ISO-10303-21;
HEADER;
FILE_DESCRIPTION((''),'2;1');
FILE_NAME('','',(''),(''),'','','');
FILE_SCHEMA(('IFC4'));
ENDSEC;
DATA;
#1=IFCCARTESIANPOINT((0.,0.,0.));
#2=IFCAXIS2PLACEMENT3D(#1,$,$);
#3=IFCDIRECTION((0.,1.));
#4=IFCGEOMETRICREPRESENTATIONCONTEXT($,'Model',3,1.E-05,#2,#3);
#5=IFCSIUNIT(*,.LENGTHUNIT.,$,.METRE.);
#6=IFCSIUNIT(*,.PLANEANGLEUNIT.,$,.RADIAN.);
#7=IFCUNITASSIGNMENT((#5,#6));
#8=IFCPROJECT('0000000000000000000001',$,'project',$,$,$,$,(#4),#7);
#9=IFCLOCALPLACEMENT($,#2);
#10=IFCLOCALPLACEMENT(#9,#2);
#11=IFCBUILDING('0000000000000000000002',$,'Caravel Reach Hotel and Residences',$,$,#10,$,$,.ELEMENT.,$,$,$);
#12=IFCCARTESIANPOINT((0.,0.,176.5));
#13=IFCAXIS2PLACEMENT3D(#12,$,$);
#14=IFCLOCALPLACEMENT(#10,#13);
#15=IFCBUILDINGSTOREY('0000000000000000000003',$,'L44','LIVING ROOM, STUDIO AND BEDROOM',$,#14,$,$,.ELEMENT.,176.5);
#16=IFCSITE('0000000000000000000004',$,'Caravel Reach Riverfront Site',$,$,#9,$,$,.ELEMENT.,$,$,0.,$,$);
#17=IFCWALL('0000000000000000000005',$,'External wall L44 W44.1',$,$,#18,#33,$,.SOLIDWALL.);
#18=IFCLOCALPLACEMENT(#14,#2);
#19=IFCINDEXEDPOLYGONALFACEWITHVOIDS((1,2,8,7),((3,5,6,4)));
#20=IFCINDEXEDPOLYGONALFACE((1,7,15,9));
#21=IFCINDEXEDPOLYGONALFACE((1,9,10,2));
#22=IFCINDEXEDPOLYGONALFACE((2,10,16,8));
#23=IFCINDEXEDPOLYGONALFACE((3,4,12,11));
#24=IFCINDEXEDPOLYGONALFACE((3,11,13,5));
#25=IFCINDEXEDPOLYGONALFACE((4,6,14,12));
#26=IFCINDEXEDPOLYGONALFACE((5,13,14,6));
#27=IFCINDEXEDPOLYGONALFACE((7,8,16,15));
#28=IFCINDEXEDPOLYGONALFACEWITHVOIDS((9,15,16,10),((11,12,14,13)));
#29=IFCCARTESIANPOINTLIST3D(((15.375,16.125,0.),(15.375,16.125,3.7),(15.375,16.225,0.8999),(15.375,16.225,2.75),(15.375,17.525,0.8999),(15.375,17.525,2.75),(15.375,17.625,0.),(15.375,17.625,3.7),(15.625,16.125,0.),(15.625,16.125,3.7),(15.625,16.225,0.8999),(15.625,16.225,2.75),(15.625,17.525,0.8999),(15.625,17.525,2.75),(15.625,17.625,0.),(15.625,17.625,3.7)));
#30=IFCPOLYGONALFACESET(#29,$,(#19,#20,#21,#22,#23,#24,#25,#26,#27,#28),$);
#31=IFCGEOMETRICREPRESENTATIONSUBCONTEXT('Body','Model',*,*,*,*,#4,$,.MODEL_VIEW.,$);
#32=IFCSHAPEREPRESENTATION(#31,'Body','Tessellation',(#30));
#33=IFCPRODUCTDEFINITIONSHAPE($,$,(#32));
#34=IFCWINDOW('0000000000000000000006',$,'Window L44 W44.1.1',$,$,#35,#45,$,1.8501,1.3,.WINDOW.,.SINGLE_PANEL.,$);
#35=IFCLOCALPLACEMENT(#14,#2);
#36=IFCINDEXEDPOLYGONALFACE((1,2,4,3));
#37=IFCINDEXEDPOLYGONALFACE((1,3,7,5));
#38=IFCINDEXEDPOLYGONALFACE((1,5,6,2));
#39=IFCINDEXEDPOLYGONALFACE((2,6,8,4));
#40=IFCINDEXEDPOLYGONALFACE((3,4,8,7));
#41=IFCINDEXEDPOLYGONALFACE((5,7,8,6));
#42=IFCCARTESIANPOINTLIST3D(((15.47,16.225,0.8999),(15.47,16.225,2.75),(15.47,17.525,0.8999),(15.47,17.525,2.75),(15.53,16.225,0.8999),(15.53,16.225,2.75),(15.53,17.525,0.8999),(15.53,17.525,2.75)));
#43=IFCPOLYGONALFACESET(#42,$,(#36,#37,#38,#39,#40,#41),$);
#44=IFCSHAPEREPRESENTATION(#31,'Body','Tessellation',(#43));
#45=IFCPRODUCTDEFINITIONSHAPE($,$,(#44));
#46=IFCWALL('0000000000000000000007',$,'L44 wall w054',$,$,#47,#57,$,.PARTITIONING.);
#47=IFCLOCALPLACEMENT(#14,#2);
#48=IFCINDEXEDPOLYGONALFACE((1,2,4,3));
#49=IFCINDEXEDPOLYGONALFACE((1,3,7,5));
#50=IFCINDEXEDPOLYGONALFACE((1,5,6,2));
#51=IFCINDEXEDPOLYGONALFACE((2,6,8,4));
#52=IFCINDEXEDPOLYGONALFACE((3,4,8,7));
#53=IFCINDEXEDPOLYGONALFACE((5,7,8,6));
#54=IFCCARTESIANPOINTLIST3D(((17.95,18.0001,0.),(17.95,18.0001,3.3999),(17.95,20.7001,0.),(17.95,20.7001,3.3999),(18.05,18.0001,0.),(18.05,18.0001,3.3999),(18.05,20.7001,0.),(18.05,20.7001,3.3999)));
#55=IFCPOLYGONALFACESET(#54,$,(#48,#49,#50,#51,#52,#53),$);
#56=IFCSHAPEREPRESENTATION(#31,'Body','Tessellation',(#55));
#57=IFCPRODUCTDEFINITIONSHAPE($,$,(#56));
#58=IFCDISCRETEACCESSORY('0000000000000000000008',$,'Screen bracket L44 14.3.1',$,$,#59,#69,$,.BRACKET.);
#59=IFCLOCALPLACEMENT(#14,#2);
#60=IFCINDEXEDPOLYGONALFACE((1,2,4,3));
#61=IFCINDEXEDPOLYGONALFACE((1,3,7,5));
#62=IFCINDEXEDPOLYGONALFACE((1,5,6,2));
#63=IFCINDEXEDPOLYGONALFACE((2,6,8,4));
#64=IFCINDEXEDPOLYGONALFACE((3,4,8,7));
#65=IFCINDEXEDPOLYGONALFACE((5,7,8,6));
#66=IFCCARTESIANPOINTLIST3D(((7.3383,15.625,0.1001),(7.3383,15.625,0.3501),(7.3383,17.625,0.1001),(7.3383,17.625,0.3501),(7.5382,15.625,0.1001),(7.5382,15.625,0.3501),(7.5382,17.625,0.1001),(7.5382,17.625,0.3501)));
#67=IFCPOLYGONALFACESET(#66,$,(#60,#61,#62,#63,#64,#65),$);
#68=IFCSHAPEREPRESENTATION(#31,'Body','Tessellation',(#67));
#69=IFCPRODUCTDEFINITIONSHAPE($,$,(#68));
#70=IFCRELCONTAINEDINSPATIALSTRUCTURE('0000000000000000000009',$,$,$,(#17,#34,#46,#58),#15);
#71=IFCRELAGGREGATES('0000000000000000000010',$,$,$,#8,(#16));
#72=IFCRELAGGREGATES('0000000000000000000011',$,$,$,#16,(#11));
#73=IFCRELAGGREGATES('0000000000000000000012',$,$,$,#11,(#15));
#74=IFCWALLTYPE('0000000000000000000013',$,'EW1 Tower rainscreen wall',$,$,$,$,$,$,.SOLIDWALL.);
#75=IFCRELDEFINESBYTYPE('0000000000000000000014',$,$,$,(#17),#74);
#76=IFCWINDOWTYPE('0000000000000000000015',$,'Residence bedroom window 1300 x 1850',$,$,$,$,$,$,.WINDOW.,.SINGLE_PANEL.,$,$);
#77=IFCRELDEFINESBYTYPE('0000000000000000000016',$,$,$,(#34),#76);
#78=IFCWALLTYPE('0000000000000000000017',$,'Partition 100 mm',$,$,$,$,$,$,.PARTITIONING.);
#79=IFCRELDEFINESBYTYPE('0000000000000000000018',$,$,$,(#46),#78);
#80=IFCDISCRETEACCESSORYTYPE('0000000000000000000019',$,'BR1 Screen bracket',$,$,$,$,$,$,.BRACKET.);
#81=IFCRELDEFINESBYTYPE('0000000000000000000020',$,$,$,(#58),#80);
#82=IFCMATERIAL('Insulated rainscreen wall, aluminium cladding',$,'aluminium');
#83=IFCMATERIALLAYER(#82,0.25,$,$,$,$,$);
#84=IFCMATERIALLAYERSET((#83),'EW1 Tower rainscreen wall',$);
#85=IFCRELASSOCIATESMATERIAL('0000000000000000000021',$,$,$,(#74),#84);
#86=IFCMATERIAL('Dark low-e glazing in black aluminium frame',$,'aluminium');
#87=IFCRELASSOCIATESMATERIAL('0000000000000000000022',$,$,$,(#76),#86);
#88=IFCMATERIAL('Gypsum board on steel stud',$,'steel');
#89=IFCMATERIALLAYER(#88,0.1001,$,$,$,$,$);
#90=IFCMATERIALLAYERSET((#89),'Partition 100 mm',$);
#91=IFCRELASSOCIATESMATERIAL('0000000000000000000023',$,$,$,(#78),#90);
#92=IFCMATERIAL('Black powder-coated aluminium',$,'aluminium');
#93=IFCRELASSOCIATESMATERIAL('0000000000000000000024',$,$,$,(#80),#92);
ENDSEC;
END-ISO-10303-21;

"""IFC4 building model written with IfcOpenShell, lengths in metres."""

from ifc_helpers import new_model, si_unit, direction, frame, frame_2d, origin, origin_2d, place, context, subcontext, project, spatial, rectangle, extrude, material, layer, layer_set, type_object, element, fill, save


model = new_model("IFC4")

# Units and contexts
model_context = context("Model", 3, precision=1e-05, world=origin(), true_north=direction((0.0, 1.0)))
body_context = subcontext(model_context, "Body", "Model", "MODEL_VIEW")
ifc_project = project(units=[si_unit("LENGTHUNIT", "METRE"), si_unit("PLANEANGLEUNIT", "RADIAN")], contexts=[model_context])

# Site, building, storey
site_placement = place(None, origin())
site = spatial("IfcSite", under=ifc_project, at=site_placement, Name="Caravel Reach Riverfront Site", CompositionType="ELEMENT", RefElevation=0.0)
building_placement = place(site_placement, origin())
building = spatial("IfcBuilding", under=site, at=building_placement, Name="Caravel Reach Hotel and Residences", CompositionType="ELEMENT")
storey_placement = place(building_placement, frame((0.0, 0.0, 176.5)))
storey = spatial("IfcBuildingStorey", under=building, at=storey_placement, Name="L44", Description="LIVING ROOM, STUDIO AND BEDROOM", CompositionType="ELEMENT", Elevation=176.5)

# Shared definitions
ifc_material_1 = material(Name="Insulated rainscreen wall, aluminium cladding", Category="aluminium")
ifc_layer_1 = layer(ifc_material_1, 0.25)
ifc_layer_set_1 = layer_set([ifc_layer_1], Name="EW1 Tower rainscreen wall")
wall_type_1 = type_object("IfcWallType", Name="EW1 Tower rainscreen wall", PredefinedType="SOLIDWALL", material=ifc_layer_set_1)

# Wall, opening, window
ifc_material_2 = material(Name="Dark low-e glazing in black aluminium frame", Category="aluminium")
window_type_1 = type_object("IfcWindowType", Name="Residence bedroom window 1300 x 1850", PartitioningType="SINGLE_PANEL", PredefinedType="WINDOW", material=ifc_material_2)
wall_1_placement = place(storey_placement, frame((15.5, 17.625, 0.0), z_axis=(0.0, 0.0, 1.0), x_axis=(0.0, -1.0, 0.0)))
wall_1 = element("IfcWall", 1, at=wall_1_placement, inside=storey, type_object=wall_type_1, Name="External wall L44 W44.1", PredefinedType="SOLIDWALL", context=body_context, shape_type="SweptSolid", body=[
    extrude(rectangle(XDim=1.5, YDim=0.25, at=frame_2d((0.75, 0.0))), origin(), (0.0, 0.0, 1.0), 3.7),
])
opening_1_placement = place(wall_1_placement, frame((0.1001, 0.0, 0.8999)))
opening_1 = element("IfcOpeningElement", 2, at=opening_1_placement, cuts=wall_1, PredefinedType="OPENING", context=body_context, shape_type="SweptSolid", body=[
    extrude(rectangle(XDim=1.3, YDim=1.8501, at=frame_2d((0.6499, 0.925))), frame((0.0, 0.135, 0.0), z_axis=(0.0, -1.0, 0.0), x_axis=(1.0, 0.0, 0.0)), (0.0, 0.0, 1.0), 0.27),
])
window_1_placement = place(opening_1_placement, origin())
window_1 = element("IfcWindow", 3, at=window_1_placement, inside=storey, type_object=window_type_1, Name="Window L44 W44.1.1", OverallHeight=1.8501, OverallWidth=1.3, PartitioningType="SINGLE_PANEL", PredefinedType="WINDOW", context=body_context, shape_type="SweptSolid", body=[
    extrude(rectangle(XDim=1.3, YDim=1.8501, at=frame_2d((0.6499, 0.925))), frame((0.0, 0.03, 0.0), z_axis=(0.0, -1.0, 0.0), x_axis=(1.0, 0.0, 0.0)), (0.0, 0.0, 1.0), 0.0601),
])
fill(opening_1, window_1)

# Wall
ifc_material_3 = material(Name="Gypsum board on steel stud", Category="steel")
ifc_layer_2 = layer(ifc_material_3, 0.1001)
ifc_layer_set_2 = layer_set([ifc_layer_2], Name="Partition 100 mm")
wall_type_2 = type_object("IfcWallType", Name="Partition 100 mm", PredefinedType="PARTITIONING", material=ifc_layer_set_2)
wall_2_placement = place(storey_placement, frame((18.0, 18.0, 0.0), z_axis=(0.0, 0.0, 1.0), x_axis=(0.0, 1.0, 0.0)))
element("IfcWall", 4, at=wall_2_placement, inside=storey, type_object=wall_type_2, Name="L44 wall w054", PredefinedType="PARTITIONING", context=body_context, shape_type="SweptSolid", body=[
    extrude(rectangle(XDim=2.7, YDim=0.1001, at=frame_2d((1.3501, 0.0))), origin(), (0.0, 0.0, 1.0), 3.3999),
])

# Discrete accessory
ifc_material_4 = material(Name="Black powder-coated aluminium", Category="aluminium")
discrete_accessory_type = type_object("IfcDiscreteAccessoryType", Name="BR1 Screen bracket", PredefinedType="BRACKET", material=ifc_material_4)
discrete_accessory_placement = place(storey_placement, frame((7.4382, 16.625, 0.1001), z_axis=(0.0, 0.0, 1.0), x_axis=(0.0, -1.0, 0.0)))
element("IfcDiscreteAccessory", 5, at=discrete_accessory_placement, inside=storey, type_object=discrete_accessory_type, Name="Screen bracket L44 14.3.1", PredefinedType="BRACKET", context=body_context, shape_type="SweptSolid", body=[
    extrude(rectangle(XDim=2.0, YDim=0.2, at=origin_2d()), origin(), (0.0, 0.0, 1.0), 0.25),
])

save(model, "model.ifc")
